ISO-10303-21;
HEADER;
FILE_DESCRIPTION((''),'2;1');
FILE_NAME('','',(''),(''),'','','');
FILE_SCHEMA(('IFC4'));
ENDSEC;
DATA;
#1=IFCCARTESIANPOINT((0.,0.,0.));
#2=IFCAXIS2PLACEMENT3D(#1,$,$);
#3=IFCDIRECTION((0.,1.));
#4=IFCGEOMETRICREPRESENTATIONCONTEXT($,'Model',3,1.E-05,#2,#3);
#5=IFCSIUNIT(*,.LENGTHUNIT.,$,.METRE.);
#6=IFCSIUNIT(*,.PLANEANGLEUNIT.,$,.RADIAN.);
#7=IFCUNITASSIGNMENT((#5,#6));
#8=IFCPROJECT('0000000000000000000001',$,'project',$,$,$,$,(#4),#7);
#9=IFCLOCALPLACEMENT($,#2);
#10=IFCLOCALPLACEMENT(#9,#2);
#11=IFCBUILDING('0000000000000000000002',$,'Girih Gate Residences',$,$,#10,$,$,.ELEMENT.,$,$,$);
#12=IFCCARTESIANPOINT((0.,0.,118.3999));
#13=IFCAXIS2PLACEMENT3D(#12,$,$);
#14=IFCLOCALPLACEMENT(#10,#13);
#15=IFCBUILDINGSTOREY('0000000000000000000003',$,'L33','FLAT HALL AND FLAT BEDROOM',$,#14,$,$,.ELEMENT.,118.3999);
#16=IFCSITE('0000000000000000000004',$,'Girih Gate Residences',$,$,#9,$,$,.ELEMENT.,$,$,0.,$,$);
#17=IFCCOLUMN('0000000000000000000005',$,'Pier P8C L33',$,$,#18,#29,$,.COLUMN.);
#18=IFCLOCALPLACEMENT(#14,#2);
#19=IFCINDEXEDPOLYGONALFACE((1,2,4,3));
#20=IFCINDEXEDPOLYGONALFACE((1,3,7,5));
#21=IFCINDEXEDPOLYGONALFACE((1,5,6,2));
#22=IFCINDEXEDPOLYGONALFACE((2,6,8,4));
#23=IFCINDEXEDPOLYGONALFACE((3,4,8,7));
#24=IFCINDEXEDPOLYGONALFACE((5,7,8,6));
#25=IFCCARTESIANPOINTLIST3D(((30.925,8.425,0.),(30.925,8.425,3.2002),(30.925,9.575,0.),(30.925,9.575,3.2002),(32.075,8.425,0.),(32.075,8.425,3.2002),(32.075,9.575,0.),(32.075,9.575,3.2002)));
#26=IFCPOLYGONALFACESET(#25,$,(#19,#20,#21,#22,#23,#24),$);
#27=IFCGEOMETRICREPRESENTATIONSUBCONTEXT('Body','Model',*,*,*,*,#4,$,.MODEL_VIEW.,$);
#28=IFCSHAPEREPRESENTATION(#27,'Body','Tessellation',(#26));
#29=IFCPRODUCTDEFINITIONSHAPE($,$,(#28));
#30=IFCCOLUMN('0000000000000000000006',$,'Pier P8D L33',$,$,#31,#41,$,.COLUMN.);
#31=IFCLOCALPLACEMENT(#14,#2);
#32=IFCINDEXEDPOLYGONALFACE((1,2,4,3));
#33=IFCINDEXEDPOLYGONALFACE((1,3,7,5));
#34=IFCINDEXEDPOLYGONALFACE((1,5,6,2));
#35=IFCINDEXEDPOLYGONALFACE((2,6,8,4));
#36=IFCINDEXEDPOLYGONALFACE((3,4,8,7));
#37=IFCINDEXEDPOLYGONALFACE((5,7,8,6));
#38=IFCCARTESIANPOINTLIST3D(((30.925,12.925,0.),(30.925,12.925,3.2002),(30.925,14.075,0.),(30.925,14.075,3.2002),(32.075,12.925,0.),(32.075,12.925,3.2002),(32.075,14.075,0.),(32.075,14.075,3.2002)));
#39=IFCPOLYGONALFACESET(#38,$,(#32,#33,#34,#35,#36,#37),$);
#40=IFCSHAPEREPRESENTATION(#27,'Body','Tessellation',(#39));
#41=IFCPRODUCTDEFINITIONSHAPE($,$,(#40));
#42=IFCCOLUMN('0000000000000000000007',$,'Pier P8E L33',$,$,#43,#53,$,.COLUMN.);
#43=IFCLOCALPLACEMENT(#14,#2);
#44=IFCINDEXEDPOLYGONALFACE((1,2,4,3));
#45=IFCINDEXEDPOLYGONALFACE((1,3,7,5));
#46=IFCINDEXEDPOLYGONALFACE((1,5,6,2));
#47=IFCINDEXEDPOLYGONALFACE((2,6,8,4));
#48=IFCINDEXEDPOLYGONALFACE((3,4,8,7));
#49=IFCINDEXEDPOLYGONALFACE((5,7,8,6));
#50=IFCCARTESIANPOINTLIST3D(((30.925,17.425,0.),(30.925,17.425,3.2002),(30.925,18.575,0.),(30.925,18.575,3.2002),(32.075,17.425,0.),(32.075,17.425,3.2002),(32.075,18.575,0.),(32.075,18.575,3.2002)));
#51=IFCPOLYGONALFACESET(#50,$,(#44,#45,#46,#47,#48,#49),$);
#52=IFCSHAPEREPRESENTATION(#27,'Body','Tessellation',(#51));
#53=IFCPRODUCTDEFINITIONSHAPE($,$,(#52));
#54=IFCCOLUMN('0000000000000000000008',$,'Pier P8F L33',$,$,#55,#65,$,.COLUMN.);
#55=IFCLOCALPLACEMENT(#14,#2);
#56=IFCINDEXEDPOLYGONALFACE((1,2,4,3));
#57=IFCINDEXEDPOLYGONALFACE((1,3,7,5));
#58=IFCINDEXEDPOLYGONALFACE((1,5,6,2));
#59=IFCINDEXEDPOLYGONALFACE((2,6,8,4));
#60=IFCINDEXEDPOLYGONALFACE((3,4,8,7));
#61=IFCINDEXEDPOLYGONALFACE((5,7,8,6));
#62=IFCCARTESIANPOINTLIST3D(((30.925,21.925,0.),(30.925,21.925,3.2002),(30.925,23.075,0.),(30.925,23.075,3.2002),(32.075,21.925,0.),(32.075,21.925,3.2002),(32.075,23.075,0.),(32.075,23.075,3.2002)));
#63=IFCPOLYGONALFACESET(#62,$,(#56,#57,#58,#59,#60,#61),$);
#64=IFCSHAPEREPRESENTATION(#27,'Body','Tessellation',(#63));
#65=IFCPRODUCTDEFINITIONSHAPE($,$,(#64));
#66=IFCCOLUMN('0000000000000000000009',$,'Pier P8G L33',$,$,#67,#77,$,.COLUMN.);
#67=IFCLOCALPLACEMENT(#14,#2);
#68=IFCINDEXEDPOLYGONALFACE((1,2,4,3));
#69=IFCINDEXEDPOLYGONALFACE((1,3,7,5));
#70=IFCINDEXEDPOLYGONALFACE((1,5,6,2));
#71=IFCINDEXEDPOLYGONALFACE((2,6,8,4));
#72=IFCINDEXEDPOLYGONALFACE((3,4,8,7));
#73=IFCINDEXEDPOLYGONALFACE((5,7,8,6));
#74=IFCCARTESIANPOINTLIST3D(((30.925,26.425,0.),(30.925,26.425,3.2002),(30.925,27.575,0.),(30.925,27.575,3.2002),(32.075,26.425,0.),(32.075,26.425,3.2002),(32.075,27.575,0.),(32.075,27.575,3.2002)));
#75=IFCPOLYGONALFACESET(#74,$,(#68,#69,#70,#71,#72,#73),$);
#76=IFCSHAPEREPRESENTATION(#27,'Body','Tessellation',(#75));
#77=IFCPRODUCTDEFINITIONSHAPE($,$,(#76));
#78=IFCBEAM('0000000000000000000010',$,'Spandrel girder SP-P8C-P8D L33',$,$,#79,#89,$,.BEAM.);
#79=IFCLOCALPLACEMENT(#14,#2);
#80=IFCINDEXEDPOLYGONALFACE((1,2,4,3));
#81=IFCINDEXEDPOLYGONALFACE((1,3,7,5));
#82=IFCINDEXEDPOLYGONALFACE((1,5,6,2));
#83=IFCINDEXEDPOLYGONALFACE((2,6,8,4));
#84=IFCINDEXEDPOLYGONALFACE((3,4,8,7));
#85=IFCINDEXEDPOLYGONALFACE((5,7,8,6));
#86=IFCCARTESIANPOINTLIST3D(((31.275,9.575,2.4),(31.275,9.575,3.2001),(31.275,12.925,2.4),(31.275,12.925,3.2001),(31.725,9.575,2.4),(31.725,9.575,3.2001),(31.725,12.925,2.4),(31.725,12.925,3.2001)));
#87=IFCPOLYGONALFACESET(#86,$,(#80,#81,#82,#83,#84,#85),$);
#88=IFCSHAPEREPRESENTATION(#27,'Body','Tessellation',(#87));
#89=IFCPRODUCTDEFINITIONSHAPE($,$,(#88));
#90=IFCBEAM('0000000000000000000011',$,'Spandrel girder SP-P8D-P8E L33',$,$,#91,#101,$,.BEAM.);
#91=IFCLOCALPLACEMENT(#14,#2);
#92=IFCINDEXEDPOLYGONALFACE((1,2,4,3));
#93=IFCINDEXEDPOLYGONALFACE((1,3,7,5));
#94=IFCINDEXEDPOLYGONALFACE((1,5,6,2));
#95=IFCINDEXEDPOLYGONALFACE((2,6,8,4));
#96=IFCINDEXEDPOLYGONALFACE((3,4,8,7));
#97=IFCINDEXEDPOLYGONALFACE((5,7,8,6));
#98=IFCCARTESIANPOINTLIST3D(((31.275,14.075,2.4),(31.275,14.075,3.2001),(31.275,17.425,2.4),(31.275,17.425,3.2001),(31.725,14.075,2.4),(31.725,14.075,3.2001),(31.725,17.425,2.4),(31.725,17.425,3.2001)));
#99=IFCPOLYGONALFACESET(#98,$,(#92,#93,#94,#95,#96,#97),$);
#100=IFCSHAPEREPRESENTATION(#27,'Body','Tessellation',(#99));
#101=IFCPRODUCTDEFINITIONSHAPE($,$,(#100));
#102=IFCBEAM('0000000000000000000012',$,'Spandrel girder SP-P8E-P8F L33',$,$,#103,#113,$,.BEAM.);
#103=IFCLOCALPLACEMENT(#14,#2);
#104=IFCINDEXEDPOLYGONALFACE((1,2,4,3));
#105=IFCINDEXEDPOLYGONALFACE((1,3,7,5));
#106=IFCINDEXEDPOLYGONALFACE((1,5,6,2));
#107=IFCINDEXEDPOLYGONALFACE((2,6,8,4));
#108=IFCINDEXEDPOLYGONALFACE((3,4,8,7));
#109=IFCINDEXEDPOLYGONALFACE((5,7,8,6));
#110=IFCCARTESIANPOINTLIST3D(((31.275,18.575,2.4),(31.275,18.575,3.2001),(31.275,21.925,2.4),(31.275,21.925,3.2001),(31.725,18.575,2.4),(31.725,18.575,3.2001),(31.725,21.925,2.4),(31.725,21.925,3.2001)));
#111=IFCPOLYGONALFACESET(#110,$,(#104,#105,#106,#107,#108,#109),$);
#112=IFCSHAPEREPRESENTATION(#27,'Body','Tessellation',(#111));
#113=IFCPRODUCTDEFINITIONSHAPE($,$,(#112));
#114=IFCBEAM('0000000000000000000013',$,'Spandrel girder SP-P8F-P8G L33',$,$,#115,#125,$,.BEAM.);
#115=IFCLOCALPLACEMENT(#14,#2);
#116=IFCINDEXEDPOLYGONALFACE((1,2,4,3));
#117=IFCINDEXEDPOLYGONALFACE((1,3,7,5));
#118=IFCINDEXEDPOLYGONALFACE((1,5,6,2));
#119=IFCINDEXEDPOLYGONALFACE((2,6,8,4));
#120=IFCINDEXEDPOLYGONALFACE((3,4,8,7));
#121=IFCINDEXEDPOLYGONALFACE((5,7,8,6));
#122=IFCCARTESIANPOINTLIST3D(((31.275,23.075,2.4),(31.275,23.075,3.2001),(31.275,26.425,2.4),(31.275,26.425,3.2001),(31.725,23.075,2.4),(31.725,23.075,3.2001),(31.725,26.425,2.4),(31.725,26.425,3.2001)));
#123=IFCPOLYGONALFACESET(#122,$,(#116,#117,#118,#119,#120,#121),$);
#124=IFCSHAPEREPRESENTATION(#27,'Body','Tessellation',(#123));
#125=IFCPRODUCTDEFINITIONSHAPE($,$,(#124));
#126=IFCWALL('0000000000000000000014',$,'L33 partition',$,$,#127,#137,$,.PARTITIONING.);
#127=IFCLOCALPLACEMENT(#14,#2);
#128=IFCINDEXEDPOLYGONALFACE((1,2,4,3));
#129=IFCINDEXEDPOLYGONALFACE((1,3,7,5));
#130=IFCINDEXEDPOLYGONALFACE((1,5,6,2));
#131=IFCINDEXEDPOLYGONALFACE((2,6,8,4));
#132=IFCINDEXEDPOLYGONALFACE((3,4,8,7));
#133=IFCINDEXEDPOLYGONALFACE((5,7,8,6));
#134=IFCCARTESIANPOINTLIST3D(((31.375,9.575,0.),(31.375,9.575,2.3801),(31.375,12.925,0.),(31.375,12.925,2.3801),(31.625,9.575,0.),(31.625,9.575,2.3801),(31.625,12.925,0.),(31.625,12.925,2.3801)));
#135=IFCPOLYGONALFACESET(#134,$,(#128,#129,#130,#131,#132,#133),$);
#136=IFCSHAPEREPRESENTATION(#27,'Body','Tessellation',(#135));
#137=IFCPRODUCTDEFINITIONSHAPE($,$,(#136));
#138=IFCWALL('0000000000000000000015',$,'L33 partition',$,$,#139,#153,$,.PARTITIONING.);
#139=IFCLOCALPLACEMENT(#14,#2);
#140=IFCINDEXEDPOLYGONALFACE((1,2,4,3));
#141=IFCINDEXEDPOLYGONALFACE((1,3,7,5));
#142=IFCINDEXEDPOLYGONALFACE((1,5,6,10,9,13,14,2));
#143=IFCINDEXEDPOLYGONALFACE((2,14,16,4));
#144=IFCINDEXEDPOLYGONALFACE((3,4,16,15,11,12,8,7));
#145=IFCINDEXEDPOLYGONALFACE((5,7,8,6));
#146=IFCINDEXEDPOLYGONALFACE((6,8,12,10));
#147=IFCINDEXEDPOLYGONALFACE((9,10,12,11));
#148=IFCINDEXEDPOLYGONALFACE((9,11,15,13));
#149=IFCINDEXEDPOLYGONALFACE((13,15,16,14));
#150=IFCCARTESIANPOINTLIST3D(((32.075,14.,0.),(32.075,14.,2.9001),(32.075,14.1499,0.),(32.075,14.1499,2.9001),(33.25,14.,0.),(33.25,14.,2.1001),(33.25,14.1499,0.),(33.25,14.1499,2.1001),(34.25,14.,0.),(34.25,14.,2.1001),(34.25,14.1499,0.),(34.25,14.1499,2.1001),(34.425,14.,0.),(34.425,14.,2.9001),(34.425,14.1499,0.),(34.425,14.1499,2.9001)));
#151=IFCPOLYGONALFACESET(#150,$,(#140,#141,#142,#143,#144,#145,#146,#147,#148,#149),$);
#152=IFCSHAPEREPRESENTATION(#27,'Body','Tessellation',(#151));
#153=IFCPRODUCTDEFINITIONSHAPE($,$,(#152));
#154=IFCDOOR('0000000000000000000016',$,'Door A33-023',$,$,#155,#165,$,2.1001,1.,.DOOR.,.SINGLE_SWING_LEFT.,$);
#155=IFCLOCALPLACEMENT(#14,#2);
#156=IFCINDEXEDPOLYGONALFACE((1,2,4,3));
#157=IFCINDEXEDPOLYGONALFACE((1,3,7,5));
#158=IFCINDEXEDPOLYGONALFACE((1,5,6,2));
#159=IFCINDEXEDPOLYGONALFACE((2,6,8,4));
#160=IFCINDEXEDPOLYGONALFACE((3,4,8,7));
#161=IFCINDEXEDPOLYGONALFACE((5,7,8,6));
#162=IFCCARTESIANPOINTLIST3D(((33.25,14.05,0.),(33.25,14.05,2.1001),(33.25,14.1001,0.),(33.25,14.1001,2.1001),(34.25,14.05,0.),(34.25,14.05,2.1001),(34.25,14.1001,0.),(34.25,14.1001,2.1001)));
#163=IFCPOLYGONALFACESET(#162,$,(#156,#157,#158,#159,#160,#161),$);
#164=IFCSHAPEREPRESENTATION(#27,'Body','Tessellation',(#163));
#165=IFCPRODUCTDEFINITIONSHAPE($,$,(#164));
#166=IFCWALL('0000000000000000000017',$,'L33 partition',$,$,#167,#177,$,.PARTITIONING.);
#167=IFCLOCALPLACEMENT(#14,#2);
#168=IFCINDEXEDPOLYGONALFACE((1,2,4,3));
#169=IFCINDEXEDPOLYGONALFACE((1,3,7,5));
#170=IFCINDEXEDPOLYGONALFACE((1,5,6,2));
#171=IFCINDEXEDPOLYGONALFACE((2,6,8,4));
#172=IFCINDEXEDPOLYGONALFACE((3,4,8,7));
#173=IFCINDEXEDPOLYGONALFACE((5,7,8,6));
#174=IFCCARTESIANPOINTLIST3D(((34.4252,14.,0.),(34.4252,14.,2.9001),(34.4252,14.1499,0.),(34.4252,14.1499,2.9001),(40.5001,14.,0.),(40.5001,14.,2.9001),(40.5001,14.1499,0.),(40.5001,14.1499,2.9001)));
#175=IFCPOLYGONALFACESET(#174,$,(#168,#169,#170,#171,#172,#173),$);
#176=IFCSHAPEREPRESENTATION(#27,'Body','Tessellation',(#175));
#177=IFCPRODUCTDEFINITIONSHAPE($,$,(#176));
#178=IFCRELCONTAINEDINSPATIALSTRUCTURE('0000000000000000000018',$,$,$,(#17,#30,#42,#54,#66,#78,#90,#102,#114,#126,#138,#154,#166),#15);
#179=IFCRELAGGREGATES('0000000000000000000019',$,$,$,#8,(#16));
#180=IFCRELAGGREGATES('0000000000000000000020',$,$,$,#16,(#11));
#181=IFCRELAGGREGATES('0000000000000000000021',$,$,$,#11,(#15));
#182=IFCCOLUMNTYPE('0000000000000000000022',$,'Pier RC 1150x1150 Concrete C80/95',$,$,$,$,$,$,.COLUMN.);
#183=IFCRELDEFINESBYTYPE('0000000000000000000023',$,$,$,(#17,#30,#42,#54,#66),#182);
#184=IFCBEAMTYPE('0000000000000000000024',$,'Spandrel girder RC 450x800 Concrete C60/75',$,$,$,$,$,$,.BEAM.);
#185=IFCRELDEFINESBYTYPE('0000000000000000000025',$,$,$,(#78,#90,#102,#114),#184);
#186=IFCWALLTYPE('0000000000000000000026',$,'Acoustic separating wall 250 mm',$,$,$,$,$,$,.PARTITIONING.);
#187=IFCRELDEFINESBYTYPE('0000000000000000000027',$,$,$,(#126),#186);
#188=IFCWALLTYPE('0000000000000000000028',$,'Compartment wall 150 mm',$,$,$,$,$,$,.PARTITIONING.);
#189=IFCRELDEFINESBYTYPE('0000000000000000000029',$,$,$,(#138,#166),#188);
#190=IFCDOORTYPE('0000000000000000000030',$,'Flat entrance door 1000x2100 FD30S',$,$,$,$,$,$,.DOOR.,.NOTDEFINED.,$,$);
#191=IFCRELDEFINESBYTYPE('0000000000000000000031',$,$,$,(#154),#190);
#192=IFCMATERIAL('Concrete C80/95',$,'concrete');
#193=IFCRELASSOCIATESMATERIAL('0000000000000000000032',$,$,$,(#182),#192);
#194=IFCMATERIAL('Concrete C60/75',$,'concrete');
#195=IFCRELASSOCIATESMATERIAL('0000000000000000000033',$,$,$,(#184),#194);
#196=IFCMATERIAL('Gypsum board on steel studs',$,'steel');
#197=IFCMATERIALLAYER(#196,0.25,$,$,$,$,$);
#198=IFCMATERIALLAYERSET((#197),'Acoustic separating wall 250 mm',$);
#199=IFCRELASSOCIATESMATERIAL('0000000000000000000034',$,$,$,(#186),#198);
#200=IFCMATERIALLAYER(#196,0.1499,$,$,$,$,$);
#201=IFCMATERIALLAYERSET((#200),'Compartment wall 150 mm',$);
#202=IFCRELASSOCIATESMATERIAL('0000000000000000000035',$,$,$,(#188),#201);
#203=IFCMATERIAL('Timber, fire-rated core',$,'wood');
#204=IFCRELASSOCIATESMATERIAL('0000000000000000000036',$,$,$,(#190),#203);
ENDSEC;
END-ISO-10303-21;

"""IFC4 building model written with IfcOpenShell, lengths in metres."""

from ifc_helpers import new_model, si_unit, direction, frame, frame_2d, origin, origin_2d, place, context, subcontext, project, spatial, rectangle, extrude, material, layer, layer_set, material_profile, profile_set, type_object, element, fill, save


model = new_model("IFC4")

# Units and contexts
model_context = context("Model", 3, precision=1e-05, world=origin(), true_north=direction((0.0, 1.0)))
body_context = subcontext(model_context, "Body", "Model", "MODEL_VIEW")
ifc_project = project(units=[si_unit("LENGTHUNIT", "METRE"), si_unit("PLANEANGLEUNIT", "RADIAN")], contexts=[model_context])

# Site, building, storey
site_placement = place(None, origin())
site = spatial("IfcSite", under=ifc_project, at=site_placement, Name="Girih Gate Residences", CompositionType="ELEMENT", RefElevation=0.0)
building_placement = place(site_placement, origin())
building = spatial("IfcBuilding", under=site, at=building_placement, Name="Girih Gate Residences", CompositionType="ELEMENT")
storey_placement = place(building_placement, frame((0.0, 0.0, 118.3999)))
storey = spatial("IfcBuildingStorey", under=building, at=storey_placement, Name="L33", Description="FLAT HALL AND FLAT BEDROOM", CompositionType="ELEMENT", Elevation=118.3999)

# Columns
ifc_material_1 = material(Name="Concrete C80/95", Category="concrete")
ifc_material_profile_1 = material_profile(ifc_material_1, rectangle(XDim=1.1499, YDim=1.1499, at=origin_2d()))
ifc_profile_set_1 = profile_set([ifc_material_profile_1], Name="Concrete C80/95")
column_type = type_object("IfcColumnType", Name="Pier RC 1150x1150 Concrete C80/95", PredefinedType="COLUMN", material=ifc_profile_set_1)
for number, where, z_axis, x_axis, name in (
    (1, (31.5, 9.0, 0.0), (0.0, 0.0, 1.0), (1.0, 0.0, 0.0), "Pier P8C L33"),
    (2, (31.5, 13.5, 0.0), (0.0, 0.0, 1.0), (1.0, 0.0, 0.0), "Pier P8D L33"),
    (3, (31.5, 18.0, 0.0), (0.0, 0.0, 1.0), (1.0, 0.0, 0.0), "Pier P8E L33"),
    (4, (31.5, 22.5, 0.0), (0.0, 0.0, 1.0), (1.0, 0.0, 0.0), "Pier P8F L33"),
    (5, (31.5, 27.0, 0.0), (0.0, 0.0, 1.0), (1.0, 0.0, 0.0), "Pier P8G L33"),
):
    element("IfcColumn", number, at=place(storey_placement, frame(where, z_axis=z_axis, x_axis=x_axis)), inside=storey, type_object=column_type, Name=name, PredefinedType="COLUMN", context=body_context, shape_type="SweptSolid", body=[
        extrude(rectangle(XDim=1.1499, YDim=1.1499, at=origin_2d()), origin(), (0.0, 0.0, 1.0), 3.2002),
    ])

# Beams
ifc_material_2 = material(Name="Concrete C60/75", Category="concrete")
ifc_material_profile_2 = material_profile(ifc_material_2, rectangle(XDim=0.45, YDim=0.8, at=origin_2d()))
ifc_profile_set_2 = profile_set([ifc_material_profile_2], Name="Concrete C60/75")
beam_type = type_object("IfcBeamType", Name="Spandrel girder RC 450x800 Concrete C60/75", PredefinedType="BEAM", material=ifc_profile_set_2)
for number, where, z_axis, x_axis, name in (
    (6, (31.5, 9.575, 2.8), (0.0, 1.0, 0.0), (-1.0, 0.0, 0.0), "Spandrel girder SP-P8C-P8D L33"),
    (7, (31.5, 14.075, 2.8), (0.0, 1.0, 0.0), (-1.0, 0.0, 0.0), "Spandrel girder SP-P8D-P8E L33"),
    (8, (31.5, 18.575, 2.8), (0.0, 1.0, 0.0), (-1.0, 0.0, 0.0), "Spandrel girder SP-P8E-P8F L33"),
    (9, (31.5, 23.075, 2.8), (0.0, 1.0, 0.0), (-1.0, 0.0, 0.0), "Spandrel girder SP-P8F-P8G L33"),
):
    element("IfcBeam", number, at=place(storey_placement, frame(where, z_axis=z_axis, x_axis=x_axis)), inside=storey, type_object=beam_type, Name=name, PredefinedType="BEAM", context=body_context, shape_type="SweptSolid", body=[
        extrude(rectangle(XDim=0.45, YDim=0.8, at=origin_2d()), origin(), (0.0, 0.0, 1.0), 3.3501),
    ])

# Wall
ifc_material_3 = material(Name="Gypsum board on steel studs", Category="steel")
ifc_layer_1 = layer(ifc_material_3, 0.25)
ifc_layer_set_1 = layer_set([ifc_layer_1], Name="Acoustic separating wall 250 mm")
wall_type_1 = type_object("IfcWallType", Name="Acoustic separating wall 250 mm", PredefinedType="PARTITIONING", material=ifc_layer_set_1)
wall_1_placement = place(storey_placement, frame((31.5, 9.575, 0.0), z_axis=(0.0, 0.0, 1.0), x_axis=(0.0, 1.0, 0.0)))
element("IfcWall", 10, at=wall_1_placement, inside=storey, type_object=wall_type_1, Name="L33 partition", PredefinedType="PARTITIONING", context=body_context, shape_type="SweptSolid", body=[
    extrude(rectangle(XDim=3.3501, YDim=0.25, at=frame_2d((1.675, 0.0))), origin(), (0.0, 0.0, 1.0), 2.3801),
])

# Wall, opening, door
ifc_layer_2 = layer(ifc_material_3, 0.1499)
ifc_layer_set_2 = layer_set([ifc_layer_2], Name="Compartment wall 150 mm")
wall_type_2 = type_object("IfcWallType", Name="Compartment wall 150 mm", PredefinedType="PARTITIONING", material=ifc_layer_set_2)
wall_2_placement = place(storey_placement, frame((34.425, 14.075, 0.0), z_axis=(0.0, 0.0, 1.0), x_axis=(-1.0, 0.0, 0.0)))
wall_2 = element("IfcWall", 11, at=wall_2_placement, inside=storey, type_object=wall_type_2, Name="L33 partition", PredefinedType="PARTITIONING", context=body_context, shape_type="SweptSolid", body=[
    extrude(rectangle(XDim=2.3501, YDim=0.1499, at=frame_2d((1.175, 0.0))), origin(), (0.0, 0.0, 1.0), 2.9001),
])
opening_1_placement = place(wall_2_placement, frame((0.175, 0.0, 0.0)))
opening_1 = element("IfcOpeningElement", 12, at=opening_1_placement, cuts=wall_2, PredefinedType="OPENING", context=body_context, shape_type="SweptSolid", body=[
    extrude(rectangle(XDim=1.0, YDim=2.1001, at=frame_2d((0.5, 1.05))), frame((0.0, 0.085, 0.0), z_axis=(0.0, -1.0, 0.0), x_axis=(1.0, 0.0, 0.0)), (0.0, 0.0, 1.0), 0.1699),
])
ifc_material_4 = material(Name="Timber, fire-rated core", Category="wood")
door_type_1 = type_object("IfcDoorType", Name="Flat entrance door 1000x2100 FD30S", OperationType="NOTDEFINED", PredefinedType="DOOR", material=ifc_material_4)
door_1_placement = place(opening_1_placement, origin())
door_1 = element("IfcDoor", 13, at=door_1_placement, inside=storey, type_object=door_type_1, Name="Door A33-023", OperationType="SINGLE_SWING_LEFT", OverallHeight=2.1001, OverallWidth=1.0, PredefinedType="DOOR", context=body_context, shape_type="SweptSolid", body=[
    extrude(rectangle(XDim=1.0, YDim=2.1001, at=frame_2d((0.5, 1.05))), frame((0.0, 0.0249, 0.0), z_axis=(0.0, -1.0, 0.0), x_axis=(1.0, 0.0, 0.0)), (0.0, 0.0, 1.0), 0.05),
])
fill(opening_1, door_1)

# Wall
wall_3_placement = place(storey_placement, frame((34.425, 14.075, 0.0), z_axis=(0.0, 0.0, 1.0), x_axis=(1.0, 0.0, 0.0)))
element("IfcWall", 14, at=wall_3_placement, inside=storey, type_object=wall_type_2, Name="L33 partition", PredefinedType="PARTITIONING", context=body_context, shape_type="SweptSolid", body=[
    extrude(rectangle(XDim=6.075, YDim=0.1499, at=frame_2d((3.0376, 0.0))), origin(), (0.0, 0.0, 1.0), 2.9001),
])

save(model, "model.ifc")
